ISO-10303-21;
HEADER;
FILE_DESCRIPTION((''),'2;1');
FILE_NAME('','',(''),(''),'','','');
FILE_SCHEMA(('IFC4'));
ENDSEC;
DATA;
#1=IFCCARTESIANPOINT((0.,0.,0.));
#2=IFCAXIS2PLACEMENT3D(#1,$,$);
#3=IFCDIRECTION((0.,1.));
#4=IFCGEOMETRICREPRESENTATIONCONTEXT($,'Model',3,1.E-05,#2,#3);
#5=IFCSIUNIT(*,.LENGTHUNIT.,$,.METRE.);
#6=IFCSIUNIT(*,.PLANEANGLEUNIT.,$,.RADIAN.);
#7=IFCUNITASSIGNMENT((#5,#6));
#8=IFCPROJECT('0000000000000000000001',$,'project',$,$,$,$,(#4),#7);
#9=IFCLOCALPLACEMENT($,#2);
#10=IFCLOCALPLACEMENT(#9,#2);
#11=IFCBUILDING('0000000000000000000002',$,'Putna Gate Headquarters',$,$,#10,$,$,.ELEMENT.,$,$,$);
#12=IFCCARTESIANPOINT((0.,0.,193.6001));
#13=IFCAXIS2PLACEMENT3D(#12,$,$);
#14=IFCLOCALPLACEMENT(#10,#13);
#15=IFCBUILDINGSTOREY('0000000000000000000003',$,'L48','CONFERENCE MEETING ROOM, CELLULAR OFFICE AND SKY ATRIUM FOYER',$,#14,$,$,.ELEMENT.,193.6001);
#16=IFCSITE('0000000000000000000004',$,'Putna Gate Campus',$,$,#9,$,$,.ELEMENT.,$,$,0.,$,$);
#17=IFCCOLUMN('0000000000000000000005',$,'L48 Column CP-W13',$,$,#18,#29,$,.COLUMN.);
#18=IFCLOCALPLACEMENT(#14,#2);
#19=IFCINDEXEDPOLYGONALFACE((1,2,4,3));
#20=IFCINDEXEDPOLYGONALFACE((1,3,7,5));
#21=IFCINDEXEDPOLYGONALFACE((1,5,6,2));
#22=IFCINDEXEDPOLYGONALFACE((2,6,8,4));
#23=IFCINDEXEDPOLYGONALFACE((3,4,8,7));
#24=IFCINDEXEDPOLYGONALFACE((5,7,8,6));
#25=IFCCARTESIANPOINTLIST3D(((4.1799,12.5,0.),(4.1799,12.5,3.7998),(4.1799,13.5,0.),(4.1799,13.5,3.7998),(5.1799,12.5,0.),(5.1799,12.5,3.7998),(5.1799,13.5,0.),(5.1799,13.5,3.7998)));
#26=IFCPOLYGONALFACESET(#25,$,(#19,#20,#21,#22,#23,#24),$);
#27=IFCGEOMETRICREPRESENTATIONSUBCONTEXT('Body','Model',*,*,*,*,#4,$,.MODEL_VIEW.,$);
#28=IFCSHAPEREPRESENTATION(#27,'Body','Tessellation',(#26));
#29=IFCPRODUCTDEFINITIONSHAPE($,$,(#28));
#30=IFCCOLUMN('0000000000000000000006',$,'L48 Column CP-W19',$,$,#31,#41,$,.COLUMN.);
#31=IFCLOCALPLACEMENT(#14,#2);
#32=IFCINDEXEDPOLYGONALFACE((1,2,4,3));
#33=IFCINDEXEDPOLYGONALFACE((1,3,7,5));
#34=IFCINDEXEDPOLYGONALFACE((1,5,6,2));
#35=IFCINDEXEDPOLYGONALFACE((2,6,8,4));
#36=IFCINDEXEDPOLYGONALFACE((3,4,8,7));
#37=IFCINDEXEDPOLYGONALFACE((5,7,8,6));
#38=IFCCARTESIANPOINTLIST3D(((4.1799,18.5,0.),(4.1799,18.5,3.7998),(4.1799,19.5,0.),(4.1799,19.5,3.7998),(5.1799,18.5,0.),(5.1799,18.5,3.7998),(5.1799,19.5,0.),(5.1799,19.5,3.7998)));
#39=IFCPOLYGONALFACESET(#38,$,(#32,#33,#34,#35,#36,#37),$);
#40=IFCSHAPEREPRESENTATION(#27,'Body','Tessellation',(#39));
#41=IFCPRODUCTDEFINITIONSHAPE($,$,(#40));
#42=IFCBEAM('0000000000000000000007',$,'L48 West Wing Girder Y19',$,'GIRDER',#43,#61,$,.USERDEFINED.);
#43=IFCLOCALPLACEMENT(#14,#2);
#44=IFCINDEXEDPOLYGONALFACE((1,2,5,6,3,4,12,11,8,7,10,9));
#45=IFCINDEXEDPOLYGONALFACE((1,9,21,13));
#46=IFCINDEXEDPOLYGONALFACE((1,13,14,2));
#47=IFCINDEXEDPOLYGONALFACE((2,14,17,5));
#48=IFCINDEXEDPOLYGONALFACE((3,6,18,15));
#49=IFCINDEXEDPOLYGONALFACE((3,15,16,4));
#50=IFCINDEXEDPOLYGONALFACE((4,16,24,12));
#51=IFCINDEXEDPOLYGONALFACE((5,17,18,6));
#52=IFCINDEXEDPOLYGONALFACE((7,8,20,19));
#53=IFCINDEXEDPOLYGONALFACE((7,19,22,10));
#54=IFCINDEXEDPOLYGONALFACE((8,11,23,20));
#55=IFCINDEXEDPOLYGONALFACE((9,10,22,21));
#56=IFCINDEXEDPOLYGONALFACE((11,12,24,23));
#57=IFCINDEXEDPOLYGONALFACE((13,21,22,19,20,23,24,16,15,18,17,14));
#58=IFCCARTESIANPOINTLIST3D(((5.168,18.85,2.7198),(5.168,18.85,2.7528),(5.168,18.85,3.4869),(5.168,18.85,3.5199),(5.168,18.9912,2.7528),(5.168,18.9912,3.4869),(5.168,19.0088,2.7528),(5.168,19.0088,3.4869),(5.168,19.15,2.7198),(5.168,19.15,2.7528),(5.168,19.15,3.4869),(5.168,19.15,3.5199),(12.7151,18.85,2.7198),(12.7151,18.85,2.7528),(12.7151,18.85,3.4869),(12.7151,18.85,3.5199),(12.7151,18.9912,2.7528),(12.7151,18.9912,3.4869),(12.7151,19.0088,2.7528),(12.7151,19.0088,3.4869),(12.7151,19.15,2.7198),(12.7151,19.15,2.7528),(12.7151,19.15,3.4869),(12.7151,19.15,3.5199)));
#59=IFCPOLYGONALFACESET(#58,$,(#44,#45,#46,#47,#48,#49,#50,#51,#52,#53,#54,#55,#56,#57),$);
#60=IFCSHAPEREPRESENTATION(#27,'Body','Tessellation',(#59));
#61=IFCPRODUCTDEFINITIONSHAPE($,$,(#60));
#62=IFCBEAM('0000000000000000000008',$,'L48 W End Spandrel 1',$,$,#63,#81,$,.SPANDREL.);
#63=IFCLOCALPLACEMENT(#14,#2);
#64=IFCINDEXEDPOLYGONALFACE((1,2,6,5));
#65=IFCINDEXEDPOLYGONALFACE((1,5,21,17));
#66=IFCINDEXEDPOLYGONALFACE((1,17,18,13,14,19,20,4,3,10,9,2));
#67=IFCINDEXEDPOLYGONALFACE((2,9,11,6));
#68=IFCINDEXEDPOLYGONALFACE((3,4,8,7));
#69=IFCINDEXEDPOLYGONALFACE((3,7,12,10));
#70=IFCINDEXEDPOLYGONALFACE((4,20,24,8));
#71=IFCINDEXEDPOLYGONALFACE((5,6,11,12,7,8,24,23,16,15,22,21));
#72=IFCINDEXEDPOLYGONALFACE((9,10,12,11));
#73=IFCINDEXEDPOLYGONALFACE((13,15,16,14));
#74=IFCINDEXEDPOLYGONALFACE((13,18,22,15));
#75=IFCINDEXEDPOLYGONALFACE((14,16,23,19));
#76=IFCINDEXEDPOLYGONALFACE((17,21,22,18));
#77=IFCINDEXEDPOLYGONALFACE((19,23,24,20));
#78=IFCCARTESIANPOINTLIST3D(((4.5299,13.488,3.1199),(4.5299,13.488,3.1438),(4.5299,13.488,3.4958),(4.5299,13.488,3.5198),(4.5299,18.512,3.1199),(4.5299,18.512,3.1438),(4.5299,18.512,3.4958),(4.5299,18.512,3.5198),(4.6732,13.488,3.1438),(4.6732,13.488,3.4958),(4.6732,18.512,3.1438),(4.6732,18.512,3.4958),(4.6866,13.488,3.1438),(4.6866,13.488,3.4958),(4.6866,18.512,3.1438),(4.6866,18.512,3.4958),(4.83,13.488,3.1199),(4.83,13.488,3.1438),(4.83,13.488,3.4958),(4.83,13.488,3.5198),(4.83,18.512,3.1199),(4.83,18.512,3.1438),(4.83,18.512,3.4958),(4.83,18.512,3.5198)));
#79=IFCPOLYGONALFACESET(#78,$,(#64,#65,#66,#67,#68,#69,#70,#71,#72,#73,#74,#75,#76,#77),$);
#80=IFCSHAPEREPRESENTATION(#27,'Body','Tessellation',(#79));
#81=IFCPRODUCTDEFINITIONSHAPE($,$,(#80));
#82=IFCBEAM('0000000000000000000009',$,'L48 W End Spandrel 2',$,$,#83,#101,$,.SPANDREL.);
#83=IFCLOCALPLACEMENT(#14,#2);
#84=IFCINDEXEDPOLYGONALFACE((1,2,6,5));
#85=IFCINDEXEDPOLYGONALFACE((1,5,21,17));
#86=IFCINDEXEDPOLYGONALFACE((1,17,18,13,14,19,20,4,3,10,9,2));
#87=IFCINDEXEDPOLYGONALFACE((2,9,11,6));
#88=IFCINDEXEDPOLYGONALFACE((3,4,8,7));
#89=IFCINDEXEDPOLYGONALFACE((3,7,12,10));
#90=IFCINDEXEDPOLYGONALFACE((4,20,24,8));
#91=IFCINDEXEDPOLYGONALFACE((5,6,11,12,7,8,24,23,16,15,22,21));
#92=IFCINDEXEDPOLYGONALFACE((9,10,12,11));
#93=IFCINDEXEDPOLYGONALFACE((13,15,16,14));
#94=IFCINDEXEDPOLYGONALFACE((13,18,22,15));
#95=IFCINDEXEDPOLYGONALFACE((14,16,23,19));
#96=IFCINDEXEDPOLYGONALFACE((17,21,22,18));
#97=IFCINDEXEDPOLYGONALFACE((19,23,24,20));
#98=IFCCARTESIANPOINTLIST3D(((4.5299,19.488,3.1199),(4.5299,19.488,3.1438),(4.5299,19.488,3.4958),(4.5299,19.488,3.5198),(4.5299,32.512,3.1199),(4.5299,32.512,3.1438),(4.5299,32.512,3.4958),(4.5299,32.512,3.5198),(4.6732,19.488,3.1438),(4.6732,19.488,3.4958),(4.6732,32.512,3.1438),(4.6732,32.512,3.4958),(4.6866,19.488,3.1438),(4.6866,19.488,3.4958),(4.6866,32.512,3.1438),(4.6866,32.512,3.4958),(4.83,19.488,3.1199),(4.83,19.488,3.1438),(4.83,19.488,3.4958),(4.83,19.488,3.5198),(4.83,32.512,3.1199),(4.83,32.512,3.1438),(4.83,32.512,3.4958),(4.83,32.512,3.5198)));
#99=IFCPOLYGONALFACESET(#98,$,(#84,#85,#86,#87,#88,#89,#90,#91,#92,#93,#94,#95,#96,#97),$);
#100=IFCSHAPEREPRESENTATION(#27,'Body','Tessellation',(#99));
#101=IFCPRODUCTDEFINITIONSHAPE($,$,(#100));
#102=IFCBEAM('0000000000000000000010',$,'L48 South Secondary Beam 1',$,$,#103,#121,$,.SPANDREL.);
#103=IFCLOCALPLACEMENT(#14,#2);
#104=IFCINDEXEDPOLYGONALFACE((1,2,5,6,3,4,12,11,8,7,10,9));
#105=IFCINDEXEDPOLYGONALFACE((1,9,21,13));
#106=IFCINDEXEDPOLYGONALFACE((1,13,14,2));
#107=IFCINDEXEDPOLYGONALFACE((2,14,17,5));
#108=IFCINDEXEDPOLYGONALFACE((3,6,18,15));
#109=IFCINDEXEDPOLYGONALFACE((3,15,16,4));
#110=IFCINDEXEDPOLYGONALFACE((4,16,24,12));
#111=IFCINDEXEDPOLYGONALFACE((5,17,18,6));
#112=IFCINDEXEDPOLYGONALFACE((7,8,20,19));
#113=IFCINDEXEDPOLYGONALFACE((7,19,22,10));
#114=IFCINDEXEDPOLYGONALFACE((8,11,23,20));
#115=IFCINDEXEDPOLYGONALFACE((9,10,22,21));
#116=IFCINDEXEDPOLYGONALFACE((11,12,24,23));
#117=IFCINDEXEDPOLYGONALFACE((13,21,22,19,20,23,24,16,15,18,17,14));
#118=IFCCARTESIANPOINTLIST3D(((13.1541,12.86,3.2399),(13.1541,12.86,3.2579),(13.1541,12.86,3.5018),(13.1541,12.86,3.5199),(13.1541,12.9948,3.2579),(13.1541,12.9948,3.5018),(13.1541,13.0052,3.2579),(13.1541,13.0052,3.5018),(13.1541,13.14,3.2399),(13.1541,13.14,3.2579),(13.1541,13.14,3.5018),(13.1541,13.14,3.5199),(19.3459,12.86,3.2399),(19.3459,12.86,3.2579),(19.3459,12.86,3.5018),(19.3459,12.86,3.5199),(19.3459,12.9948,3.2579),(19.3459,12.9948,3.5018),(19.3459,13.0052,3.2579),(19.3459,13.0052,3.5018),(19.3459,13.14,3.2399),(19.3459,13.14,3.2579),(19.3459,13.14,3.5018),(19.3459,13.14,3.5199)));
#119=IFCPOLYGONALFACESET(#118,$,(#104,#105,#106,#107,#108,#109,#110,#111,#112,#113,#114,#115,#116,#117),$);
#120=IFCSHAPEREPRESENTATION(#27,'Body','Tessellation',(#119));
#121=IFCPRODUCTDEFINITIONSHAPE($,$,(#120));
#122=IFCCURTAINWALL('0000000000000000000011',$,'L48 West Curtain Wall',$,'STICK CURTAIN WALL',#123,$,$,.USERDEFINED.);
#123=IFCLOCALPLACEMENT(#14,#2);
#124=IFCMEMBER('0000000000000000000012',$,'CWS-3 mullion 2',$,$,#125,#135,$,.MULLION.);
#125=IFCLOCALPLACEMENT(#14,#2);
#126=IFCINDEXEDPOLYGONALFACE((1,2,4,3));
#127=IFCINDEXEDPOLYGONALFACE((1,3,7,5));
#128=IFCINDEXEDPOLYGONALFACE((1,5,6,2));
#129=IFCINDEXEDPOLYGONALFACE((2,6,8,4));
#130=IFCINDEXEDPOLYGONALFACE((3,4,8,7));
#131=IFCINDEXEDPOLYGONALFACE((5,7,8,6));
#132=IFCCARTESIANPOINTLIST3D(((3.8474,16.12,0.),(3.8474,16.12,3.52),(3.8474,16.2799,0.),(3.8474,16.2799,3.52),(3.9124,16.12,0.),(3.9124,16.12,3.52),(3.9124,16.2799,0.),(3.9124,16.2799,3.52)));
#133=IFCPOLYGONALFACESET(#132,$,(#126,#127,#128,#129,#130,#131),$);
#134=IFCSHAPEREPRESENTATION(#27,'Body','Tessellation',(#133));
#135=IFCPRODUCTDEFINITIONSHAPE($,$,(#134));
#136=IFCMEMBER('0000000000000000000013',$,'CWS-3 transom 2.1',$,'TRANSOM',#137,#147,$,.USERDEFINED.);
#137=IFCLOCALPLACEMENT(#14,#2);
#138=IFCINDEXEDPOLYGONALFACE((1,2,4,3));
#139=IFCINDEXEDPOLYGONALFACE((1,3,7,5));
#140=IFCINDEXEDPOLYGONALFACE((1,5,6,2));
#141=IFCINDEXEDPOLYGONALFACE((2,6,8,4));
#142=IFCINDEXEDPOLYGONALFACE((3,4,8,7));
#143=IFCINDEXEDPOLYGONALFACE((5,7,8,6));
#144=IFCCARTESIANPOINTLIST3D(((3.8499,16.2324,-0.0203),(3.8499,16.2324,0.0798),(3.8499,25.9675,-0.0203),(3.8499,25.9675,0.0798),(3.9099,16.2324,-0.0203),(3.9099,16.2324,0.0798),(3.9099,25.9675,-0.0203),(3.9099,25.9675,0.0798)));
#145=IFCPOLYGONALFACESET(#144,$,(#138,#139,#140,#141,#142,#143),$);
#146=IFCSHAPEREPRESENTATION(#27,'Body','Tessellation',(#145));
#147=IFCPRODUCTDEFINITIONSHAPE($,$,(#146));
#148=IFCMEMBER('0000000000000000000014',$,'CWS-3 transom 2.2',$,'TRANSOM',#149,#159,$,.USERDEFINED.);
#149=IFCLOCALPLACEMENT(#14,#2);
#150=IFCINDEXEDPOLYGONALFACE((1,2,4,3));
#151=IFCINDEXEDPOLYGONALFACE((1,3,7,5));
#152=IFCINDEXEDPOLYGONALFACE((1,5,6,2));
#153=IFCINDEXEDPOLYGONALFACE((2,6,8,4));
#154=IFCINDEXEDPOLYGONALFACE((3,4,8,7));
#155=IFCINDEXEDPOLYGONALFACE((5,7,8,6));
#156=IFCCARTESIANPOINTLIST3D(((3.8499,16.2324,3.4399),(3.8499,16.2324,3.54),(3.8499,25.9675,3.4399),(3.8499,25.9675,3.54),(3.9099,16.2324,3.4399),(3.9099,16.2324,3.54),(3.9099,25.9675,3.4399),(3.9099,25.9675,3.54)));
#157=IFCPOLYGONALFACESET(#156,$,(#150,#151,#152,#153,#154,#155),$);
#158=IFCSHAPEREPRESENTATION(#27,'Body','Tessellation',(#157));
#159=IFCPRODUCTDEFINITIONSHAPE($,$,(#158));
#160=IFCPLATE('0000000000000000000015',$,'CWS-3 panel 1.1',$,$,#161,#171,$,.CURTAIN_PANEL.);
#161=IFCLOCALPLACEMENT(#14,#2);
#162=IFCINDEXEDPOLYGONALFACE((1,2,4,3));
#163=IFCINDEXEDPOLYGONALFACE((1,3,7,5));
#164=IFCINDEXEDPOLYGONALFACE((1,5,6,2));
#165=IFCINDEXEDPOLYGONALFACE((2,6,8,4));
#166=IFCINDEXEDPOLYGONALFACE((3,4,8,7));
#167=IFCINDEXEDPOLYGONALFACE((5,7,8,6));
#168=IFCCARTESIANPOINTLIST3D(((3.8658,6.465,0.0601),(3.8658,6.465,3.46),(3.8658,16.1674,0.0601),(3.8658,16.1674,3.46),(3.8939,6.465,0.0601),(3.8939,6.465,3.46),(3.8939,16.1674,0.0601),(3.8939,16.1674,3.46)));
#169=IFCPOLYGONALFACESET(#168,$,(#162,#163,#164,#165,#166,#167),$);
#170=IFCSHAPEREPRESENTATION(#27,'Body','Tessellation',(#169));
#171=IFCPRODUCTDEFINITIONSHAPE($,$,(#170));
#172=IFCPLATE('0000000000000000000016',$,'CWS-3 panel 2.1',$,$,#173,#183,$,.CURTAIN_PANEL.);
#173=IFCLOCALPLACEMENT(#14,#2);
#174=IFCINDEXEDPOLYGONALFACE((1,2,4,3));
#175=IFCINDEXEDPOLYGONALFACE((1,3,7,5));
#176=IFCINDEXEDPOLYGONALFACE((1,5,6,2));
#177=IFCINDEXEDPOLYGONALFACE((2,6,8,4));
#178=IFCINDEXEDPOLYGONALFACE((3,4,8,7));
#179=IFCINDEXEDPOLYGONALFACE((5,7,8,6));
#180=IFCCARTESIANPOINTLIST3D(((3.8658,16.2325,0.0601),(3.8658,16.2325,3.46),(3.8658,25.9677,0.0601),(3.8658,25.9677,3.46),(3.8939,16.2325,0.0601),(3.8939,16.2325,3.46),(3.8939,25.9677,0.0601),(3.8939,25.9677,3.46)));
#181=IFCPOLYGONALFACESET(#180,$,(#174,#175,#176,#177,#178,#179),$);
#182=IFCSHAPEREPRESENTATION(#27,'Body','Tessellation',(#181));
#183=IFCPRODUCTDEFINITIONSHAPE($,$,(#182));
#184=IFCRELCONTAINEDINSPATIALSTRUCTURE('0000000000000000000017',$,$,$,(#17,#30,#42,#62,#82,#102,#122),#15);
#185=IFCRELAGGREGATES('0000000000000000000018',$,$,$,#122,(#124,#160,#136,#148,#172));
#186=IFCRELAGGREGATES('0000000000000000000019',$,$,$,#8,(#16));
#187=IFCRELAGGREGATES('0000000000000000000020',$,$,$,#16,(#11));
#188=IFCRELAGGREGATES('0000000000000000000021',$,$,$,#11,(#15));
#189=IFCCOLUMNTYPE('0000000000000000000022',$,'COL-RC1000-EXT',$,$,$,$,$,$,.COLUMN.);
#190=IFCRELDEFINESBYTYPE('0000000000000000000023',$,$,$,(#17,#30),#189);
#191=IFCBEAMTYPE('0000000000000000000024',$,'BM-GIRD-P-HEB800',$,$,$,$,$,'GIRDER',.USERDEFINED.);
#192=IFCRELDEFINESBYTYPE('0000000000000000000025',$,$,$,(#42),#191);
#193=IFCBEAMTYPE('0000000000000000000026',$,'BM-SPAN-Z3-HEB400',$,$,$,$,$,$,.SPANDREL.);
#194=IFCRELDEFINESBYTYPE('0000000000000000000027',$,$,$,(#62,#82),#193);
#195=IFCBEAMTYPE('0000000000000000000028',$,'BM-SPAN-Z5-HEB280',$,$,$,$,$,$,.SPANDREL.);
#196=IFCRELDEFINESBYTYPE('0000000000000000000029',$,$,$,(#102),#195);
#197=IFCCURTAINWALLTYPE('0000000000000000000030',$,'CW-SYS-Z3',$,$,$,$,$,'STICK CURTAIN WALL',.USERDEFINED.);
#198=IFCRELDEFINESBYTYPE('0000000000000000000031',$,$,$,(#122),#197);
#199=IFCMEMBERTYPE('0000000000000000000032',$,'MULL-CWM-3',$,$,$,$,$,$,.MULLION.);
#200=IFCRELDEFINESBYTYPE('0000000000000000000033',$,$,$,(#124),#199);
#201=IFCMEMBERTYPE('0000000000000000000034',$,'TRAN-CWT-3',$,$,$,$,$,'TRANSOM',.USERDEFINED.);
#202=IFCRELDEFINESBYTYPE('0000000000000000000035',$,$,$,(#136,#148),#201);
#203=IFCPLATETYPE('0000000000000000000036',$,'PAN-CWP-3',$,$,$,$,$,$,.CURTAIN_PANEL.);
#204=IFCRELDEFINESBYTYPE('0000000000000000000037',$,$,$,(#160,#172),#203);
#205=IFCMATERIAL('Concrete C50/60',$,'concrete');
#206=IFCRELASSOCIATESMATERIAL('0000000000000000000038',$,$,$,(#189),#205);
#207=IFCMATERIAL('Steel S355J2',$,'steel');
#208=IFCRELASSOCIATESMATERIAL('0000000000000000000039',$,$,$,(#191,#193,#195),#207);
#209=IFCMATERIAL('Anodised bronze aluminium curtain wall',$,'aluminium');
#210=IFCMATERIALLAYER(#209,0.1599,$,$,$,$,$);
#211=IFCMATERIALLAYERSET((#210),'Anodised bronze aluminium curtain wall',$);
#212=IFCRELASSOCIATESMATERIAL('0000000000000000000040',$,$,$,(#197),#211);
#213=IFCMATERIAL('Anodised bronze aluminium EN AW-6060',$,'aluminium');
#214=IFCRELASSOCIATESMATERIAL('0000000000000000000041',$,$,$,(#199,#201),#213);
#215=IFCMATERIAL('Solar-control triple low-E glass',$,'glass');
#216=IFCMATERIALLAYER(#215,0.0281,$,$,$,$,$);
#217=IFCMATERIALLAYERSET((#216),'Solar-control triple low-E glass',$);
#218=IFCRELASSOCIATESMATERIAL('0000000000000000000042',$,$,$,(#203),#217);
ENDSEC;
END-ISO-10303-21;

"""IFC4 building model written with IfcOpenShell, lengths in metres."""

from ifc_helpers import new_model, si_unit, direction, frame, origin, origin_2d, place, context, subcontext, project, spatial, rectangle, i_section, extrude, material, layer, layer_set, material_profile, profile_set, type_object, element, aggregate, save


model = new_model("IFC4")

# Units and contexts
model_context = context("Model", 3, precision=1e-05, world=origin(), true_north=direction((0.0, 1.0)))
body_context = subcontext(model_context, "Body", "Model", "MODEL_VIEW")
ifc_project = project(units=[si_unit("LENGTHUNIT", "METRE"), si_unit("PLANEANGLEUNIT", "RADIAN")], contexts=[model_context])

# Site, building, storey
site_placement = place(None, origin())
site = spatial("IfcSite", under=ifc_project, at=site_placement, Name="Putna Gate Campus", CompositionType="ELEMENT", RefElevation=0.0)
building_placement = place(site_placement, origin())
building = spatial("IfcBuilding", under=site, at=building_placement, Name="Putna Gate Headquarters", CompositionType="ELEMENT")
storey_placement = place(building_placement, frame((0.0, 0.0, 193.6001)))
storey = spatial("IfcBuildingStorey", under=building, at=storey_placement, Name="L48", Description="CONFERENCE MEETING ROOM, CELLULAR OFFICE AND SKY ATRIUM FOYER", CompositionType="ELEMENT", Elevation=193.6001)

# Columns
ifc_material_1 = material(Name="Concrete C50/60", Category="concrete")
ifc_material_profile_1 = material_profile(ifc_material_1, rectangle(XDim=1.0, YDim=1.0, at=origin_2d()), Name="Concrete C50/60")
ifc_profile_set_1 = profile_set([ifc_material_profile_1], Name="Concrete C50/60")
column_type = type_object("IfcColumnType", Name="COL-RC1000-EXT", PredefinedType="COLUMN", material=ifc_profile_set_1)
for number, where, z_axis, x_axis, name in (
    (1, (4.6799, 13.0, 0.0), (0.0, 0.0, 1.0), (1.0, 0.0, 0.0), "L48 Column CP-W13"),
    (2, (4.6799, 19.0, 0.0), (0.0, 0.0, 1.0), (1.0, 0.0, 0.0), "L48 Column CP-W19"),
):
    element("IfcColumn", number, at=place(storey_placement, frame(where, z_axis=z_axis, x_axis=x_axis)), inside=storey, type_object=column_type, Name=name, PredefinedType="COLUMN", context=body_context, shape_type="SweptSolid", body=[
        extrude(rectangle(XDim=1.0, YDim=1.0, at=origin_2d()), origin(), (0.0, 0.0, 1.0), 3.7998),
    ])

# Beams
ifc_material_2 = material(Name="Steel S355J2", Category="steel")
ifc_material_profile_2 = material_profile(ifc_material_2, i_section(OverallWidth=0.3, OverallDepth=0.8, WebThickness=0.0176, FlangeThickness=0.033, at=origin_2d()), Name="Steel S355J2")
ifc_profile_set_2 = profile_set([ifc_material_profile_2], Name="Steel S355J2")
beam_type_1 = type_object("IfcBeamType", Name="BM-GIRD-P-HEB800", ElementType="GIRDER", PredefinedType="USERDEFINED", material=ifc_profile_set_2)
beam_1_placement = place(storey_placement, frame((5.168, 19.0, 3.1199), z_axis=(1.0, 0.0, 0.0), x_axis=(0.0, 1.0, 0.0)))
element("IfcBeam", 3, at=beam_1_placement, inside=storey, type_object=beam_type_1, Name="L48 West Wing Girder Y19", ObjectType="GIRDER", PredefinedType="USERDEFINED", context=body_context, shape_type="SweptSolid", body=[
    extrude(i_section(OverallWidth=0.3, OverallDepth=0.8, WebThickness=0.0176, FlangeThickness=0.033, at=origin_2d()), origin(), (0.0, 0.0, 1.0), 7.5471),
])
ifc_material_profile_3 = material_profile(ifc_material_2, i_section(OverallWidth=0.3, OverallDepth=0.3999, WebThickness=0.0134, FlangeThickness=0.0239, at=origin_2d()), Name="Steel S355J2")
ifc_profile_set_3 = profile_set([ifc_material_profile_3], Name="Steel S355J2")
beam_type_2 = type_object("IfcBeamType", Name="BM-SPAN-Z3-HEB400", PredefinedType="SPANDREL", material=ifc_profile_set_3)
beam_2_placement = place(storey_placement, frame((4.6799, 13.488, 3.3198), z_axis=(0.0, 1.0, 0.0), x_axis=(-1.0, 0.0, 0.0)))
element("IfcBeam", 4, at=beam_2_placement, inside=storey, type_object=beam_type_2, Name="L48 W End Spandrel 1", PredefinedType="SPANDREL", context=body_context, shape_type="SweptSolid", body=[
    extrude(i_section(OverallWidth=0.3, OverallDepth=0.3999, WebThickness=0.0134, FlangeThickness=0.0239, at=origin_2d()), origin(), (0.0, 0.0, 1.0), 5.0239),
])
beam_3_placement = place(storey_placement, frame((4.6799, 19.488, 3.3198), z_axis=(0.0, 1.0, 0.0), x_axis=(-1.0, 0.0, 0.0)))
element("IfcBeam", 5, at=beam_3_placement, inside=storey, type_object=beam_type_2, Name="L48 W End Spandrel 2", PredefinedType="SPANDREL", context=body_context, shape_type="SweptSolid", body=[
    extrude(i_section(OverallWidth=0.3, OverallDepth=0.3999, WebThickness=0.0134, FlangeThickness=0.0239, at=origin_2d()), origin(), (0.0, 0.0, 1.0), 13.0239),
])
ifc_material_profile_4 = material_profile(ifc_material_2, i_section(OverallWidth=0.28, OverallDepth=0.28, WebThickness=0.0105, FlangeThickness=0.0181, at=origin_2d()), Name="Steel S355J2")
ifc_profile_set_4 = profile_set([ifc_material_profile_4], Name="Steel S355J2")
beam_type_3 = type_object("IfcBeamType", Name="BM-SPAN-Z5-HEB280", PredefinedType="SPANDREL", material=ifc_profile_set_4)
beam_4_placement = place(storey_placement, frame((13.1541, 13.0, 3.3799), z_axis=(1.0, 0.0, 0.0), x_axis=(0.0, 1.0, 0.0)))
element("IfcBeam", 6, at=beam_4_placement, inside=storey, type_object=beam_type_3, Name="L48 South Secondary Beam 1", PredefinedType="SPANDREL", context=body_context, shape_type="SweptSolid", body=[
    extrude(i_section(OverallWidth=0.28, OverallDepth=0.28, WebThickness=0.0105, FlangeThickness=0.0181, at=origin_2d()), origin(), (0.0, 0.0, 1.0), 6.1919),
])

# Curtain wall, members, plates
ifc_material_3 = material(Name="Anodised bronze aluminium curtain wall", Category="aluminium")
ifc_layer_1 = layer(ifc_material_3, 0.1599)
ifc_layer_set_1 = layer_set([ifc_layer_1], Name="Anodised bronze aluminium curtain wall")
curtain_wall_type = type_object("IfcCurtainWallType", Name="CW-SYS-Z3", ElementType="STICK CURTAIN WALL", PredefinedType="USERDEFINED", material=ifc_layer_set_1)
curtain_wall_placement = place(storey_placement, origin())
curtain_wall = element("IfcCurtainWall", 7, at=curtain_wall_placement, inside=storey, type_object=curtain_wall_type, Name="L48 West Curtain Wall", ObjectType="STICK CURTAIN WALL", PredefinedType="USERDEFINED")
ifc_material_4 = material(Name="Anodised bronze aluminium EN AW-6060", Category="aluminium")
ifc_material_profile_5 = material_profile(ifc_material_4, rectangle(XDim=0.0649, YDim=0.1599, at=origin_2d()), Name="Anodised bronze aluminium EN AW-6060")
ifc_profile_set_5 = profile_set([ifc_material_profile_5], Name="Anodised bronze aluminium EN AW-6060")
member_type_1 = type_object("IfcMemberType", Name="MULL-CWM-3", PredefinedType="MULLION", material=ifc_profile_set_5)
member_1_placement = place(storey_placement, frame((3.8799, 16.2, 0.0), z_axis=(0.0, 0.0, 1.0), x_axis=(-1.0, 0.0, 0.0)))
member_1 = element("IfcMember", 8, at=member_1_placement, type_object=member_type_1, Name="CWS-3 mullion 2", PredefinedType="MULLION", context=body_context, shape_type="SweptSolid", body=[
    extrude(rectangle(XDim=0.0649, YDim=0.1599, at=origin_2d()), origin(), (0.0, 0.0, 1.0), 3.52),
])
ifc_material_profile_6 = material_profile(ifc_material_4, rectangle(XDim=0.0601, YDim=0.1001, at=origin_2d()), Name="Anodised bronze aluminium EN AW-6060")
ifc_profile_set_6 = profile_set([ifc_material_profile_6], Name="Anodised bronze aluminium EN AW-6060")
member_type_2 = type_object("IfcMemberType", Name="TRAN-CWT-3", ElementType="TRANSOM", PredefinedType="USERDEFINED", material=ifc_profile_set_6)
member_2_placement = place(storey_placement, frame((3.8799, 16.2324, 0.0298), z_axis=(0.0, 1.0, 0.0), x_axis=(-1.0, 0.0, 0.0)))
member_2 = element("IfcMember", 9, at=member_2_placement, type_object=member_type_2, Name="CWS-3 transom 2.1", ObjectType="TRANSOM", PredefinedType="USERDEFINED", context=body_context, shape_type="SweptSolid", body=[
    extrude(rectangle(XDim=0.0601, YDim=0.1001, at=origin_2d()), origin(), (0.0, 0.0, 1.0), 9.7351),
])
member_3_placement = place(storey_placement, frame((3.8799, 16.2324, 3.49), z_axis=(0.0, 1.0, 0.0), x_axis=(-1.0, 0.0, 0.0)))
member_3 = element("IfcMember", 10, at=member_3_placement, type_object=member_type_2, Name="CWS-3 transom 2.2", ObjectType="TRANSOM", PredefinedType="USERDEFINED", context=body_context, shape_type="SweptSolid", body=[
    extrude(rectangle(XDim=0.0601, YDim=0.1001, at=origin_2d()), origin(), (0.0, 0.0, 1.0), 9.7351),
])
ifc_material_5 = material(Name="Solar-control triple low-E glass", Category="glass")
ifc_layer_2 = layer(ifc_material_5, 0.0281)
ifc_layer_set_2 = layer_set([ifc_layer_2], Name="Solar-control triple low-E glass")
plate_type = type_object("IfcPlateType", Name="PAN-CWP-3", PredefinedType="CURTAIN_PANEL", material=ifc_layer_set_2)
plate_1_placement = place(storey_placement, frame((3.8799, 11.3162, 0.0601), z_axis=(0.0, 0.0, 1.0), x_axis=(0.0, 1.0, 0.0)))
plate_1 = element("IfcPlate", 11, at=plate_1_placement, type_object=plate_type, Name="CWS-3 panel 1.1", PredefinedType="CURTAIN_PANEL", context=body_context, shape_type="SweptSolid", body=[
    extrude(rectangle(XDim=9.7024, YDim=0.0281, at=origin_2d()), origin(), (0.0, 0.0, 1.0), 3.3999),
])
plate_2_placement = place(storey_placement, frame((3.8799, 21.1001, 0.0601), z_axis=(0.0, 0.0, 1.0), x_axis=(0.0, 1.0, 0.0)))
plate_2 = element("IfcPlate", 12, at=plate_2_placement, type_object=plate_type, Name="CWS-3 panel 2.1", PredefinedType="CURTAIN_PANEL", context=body_context, shape_type="SweptSolid", body=[
    extrude(rectangle(XDim=9.7351, YDim=0.0281, at=origin_2d()), origin(), (0.0, 0.0, 1.0), 3.3999),
])
aggregate(curtain_wall, [member_1, plate_1, member_2, member_3, plate_2])

save(model, "model.ifc")
